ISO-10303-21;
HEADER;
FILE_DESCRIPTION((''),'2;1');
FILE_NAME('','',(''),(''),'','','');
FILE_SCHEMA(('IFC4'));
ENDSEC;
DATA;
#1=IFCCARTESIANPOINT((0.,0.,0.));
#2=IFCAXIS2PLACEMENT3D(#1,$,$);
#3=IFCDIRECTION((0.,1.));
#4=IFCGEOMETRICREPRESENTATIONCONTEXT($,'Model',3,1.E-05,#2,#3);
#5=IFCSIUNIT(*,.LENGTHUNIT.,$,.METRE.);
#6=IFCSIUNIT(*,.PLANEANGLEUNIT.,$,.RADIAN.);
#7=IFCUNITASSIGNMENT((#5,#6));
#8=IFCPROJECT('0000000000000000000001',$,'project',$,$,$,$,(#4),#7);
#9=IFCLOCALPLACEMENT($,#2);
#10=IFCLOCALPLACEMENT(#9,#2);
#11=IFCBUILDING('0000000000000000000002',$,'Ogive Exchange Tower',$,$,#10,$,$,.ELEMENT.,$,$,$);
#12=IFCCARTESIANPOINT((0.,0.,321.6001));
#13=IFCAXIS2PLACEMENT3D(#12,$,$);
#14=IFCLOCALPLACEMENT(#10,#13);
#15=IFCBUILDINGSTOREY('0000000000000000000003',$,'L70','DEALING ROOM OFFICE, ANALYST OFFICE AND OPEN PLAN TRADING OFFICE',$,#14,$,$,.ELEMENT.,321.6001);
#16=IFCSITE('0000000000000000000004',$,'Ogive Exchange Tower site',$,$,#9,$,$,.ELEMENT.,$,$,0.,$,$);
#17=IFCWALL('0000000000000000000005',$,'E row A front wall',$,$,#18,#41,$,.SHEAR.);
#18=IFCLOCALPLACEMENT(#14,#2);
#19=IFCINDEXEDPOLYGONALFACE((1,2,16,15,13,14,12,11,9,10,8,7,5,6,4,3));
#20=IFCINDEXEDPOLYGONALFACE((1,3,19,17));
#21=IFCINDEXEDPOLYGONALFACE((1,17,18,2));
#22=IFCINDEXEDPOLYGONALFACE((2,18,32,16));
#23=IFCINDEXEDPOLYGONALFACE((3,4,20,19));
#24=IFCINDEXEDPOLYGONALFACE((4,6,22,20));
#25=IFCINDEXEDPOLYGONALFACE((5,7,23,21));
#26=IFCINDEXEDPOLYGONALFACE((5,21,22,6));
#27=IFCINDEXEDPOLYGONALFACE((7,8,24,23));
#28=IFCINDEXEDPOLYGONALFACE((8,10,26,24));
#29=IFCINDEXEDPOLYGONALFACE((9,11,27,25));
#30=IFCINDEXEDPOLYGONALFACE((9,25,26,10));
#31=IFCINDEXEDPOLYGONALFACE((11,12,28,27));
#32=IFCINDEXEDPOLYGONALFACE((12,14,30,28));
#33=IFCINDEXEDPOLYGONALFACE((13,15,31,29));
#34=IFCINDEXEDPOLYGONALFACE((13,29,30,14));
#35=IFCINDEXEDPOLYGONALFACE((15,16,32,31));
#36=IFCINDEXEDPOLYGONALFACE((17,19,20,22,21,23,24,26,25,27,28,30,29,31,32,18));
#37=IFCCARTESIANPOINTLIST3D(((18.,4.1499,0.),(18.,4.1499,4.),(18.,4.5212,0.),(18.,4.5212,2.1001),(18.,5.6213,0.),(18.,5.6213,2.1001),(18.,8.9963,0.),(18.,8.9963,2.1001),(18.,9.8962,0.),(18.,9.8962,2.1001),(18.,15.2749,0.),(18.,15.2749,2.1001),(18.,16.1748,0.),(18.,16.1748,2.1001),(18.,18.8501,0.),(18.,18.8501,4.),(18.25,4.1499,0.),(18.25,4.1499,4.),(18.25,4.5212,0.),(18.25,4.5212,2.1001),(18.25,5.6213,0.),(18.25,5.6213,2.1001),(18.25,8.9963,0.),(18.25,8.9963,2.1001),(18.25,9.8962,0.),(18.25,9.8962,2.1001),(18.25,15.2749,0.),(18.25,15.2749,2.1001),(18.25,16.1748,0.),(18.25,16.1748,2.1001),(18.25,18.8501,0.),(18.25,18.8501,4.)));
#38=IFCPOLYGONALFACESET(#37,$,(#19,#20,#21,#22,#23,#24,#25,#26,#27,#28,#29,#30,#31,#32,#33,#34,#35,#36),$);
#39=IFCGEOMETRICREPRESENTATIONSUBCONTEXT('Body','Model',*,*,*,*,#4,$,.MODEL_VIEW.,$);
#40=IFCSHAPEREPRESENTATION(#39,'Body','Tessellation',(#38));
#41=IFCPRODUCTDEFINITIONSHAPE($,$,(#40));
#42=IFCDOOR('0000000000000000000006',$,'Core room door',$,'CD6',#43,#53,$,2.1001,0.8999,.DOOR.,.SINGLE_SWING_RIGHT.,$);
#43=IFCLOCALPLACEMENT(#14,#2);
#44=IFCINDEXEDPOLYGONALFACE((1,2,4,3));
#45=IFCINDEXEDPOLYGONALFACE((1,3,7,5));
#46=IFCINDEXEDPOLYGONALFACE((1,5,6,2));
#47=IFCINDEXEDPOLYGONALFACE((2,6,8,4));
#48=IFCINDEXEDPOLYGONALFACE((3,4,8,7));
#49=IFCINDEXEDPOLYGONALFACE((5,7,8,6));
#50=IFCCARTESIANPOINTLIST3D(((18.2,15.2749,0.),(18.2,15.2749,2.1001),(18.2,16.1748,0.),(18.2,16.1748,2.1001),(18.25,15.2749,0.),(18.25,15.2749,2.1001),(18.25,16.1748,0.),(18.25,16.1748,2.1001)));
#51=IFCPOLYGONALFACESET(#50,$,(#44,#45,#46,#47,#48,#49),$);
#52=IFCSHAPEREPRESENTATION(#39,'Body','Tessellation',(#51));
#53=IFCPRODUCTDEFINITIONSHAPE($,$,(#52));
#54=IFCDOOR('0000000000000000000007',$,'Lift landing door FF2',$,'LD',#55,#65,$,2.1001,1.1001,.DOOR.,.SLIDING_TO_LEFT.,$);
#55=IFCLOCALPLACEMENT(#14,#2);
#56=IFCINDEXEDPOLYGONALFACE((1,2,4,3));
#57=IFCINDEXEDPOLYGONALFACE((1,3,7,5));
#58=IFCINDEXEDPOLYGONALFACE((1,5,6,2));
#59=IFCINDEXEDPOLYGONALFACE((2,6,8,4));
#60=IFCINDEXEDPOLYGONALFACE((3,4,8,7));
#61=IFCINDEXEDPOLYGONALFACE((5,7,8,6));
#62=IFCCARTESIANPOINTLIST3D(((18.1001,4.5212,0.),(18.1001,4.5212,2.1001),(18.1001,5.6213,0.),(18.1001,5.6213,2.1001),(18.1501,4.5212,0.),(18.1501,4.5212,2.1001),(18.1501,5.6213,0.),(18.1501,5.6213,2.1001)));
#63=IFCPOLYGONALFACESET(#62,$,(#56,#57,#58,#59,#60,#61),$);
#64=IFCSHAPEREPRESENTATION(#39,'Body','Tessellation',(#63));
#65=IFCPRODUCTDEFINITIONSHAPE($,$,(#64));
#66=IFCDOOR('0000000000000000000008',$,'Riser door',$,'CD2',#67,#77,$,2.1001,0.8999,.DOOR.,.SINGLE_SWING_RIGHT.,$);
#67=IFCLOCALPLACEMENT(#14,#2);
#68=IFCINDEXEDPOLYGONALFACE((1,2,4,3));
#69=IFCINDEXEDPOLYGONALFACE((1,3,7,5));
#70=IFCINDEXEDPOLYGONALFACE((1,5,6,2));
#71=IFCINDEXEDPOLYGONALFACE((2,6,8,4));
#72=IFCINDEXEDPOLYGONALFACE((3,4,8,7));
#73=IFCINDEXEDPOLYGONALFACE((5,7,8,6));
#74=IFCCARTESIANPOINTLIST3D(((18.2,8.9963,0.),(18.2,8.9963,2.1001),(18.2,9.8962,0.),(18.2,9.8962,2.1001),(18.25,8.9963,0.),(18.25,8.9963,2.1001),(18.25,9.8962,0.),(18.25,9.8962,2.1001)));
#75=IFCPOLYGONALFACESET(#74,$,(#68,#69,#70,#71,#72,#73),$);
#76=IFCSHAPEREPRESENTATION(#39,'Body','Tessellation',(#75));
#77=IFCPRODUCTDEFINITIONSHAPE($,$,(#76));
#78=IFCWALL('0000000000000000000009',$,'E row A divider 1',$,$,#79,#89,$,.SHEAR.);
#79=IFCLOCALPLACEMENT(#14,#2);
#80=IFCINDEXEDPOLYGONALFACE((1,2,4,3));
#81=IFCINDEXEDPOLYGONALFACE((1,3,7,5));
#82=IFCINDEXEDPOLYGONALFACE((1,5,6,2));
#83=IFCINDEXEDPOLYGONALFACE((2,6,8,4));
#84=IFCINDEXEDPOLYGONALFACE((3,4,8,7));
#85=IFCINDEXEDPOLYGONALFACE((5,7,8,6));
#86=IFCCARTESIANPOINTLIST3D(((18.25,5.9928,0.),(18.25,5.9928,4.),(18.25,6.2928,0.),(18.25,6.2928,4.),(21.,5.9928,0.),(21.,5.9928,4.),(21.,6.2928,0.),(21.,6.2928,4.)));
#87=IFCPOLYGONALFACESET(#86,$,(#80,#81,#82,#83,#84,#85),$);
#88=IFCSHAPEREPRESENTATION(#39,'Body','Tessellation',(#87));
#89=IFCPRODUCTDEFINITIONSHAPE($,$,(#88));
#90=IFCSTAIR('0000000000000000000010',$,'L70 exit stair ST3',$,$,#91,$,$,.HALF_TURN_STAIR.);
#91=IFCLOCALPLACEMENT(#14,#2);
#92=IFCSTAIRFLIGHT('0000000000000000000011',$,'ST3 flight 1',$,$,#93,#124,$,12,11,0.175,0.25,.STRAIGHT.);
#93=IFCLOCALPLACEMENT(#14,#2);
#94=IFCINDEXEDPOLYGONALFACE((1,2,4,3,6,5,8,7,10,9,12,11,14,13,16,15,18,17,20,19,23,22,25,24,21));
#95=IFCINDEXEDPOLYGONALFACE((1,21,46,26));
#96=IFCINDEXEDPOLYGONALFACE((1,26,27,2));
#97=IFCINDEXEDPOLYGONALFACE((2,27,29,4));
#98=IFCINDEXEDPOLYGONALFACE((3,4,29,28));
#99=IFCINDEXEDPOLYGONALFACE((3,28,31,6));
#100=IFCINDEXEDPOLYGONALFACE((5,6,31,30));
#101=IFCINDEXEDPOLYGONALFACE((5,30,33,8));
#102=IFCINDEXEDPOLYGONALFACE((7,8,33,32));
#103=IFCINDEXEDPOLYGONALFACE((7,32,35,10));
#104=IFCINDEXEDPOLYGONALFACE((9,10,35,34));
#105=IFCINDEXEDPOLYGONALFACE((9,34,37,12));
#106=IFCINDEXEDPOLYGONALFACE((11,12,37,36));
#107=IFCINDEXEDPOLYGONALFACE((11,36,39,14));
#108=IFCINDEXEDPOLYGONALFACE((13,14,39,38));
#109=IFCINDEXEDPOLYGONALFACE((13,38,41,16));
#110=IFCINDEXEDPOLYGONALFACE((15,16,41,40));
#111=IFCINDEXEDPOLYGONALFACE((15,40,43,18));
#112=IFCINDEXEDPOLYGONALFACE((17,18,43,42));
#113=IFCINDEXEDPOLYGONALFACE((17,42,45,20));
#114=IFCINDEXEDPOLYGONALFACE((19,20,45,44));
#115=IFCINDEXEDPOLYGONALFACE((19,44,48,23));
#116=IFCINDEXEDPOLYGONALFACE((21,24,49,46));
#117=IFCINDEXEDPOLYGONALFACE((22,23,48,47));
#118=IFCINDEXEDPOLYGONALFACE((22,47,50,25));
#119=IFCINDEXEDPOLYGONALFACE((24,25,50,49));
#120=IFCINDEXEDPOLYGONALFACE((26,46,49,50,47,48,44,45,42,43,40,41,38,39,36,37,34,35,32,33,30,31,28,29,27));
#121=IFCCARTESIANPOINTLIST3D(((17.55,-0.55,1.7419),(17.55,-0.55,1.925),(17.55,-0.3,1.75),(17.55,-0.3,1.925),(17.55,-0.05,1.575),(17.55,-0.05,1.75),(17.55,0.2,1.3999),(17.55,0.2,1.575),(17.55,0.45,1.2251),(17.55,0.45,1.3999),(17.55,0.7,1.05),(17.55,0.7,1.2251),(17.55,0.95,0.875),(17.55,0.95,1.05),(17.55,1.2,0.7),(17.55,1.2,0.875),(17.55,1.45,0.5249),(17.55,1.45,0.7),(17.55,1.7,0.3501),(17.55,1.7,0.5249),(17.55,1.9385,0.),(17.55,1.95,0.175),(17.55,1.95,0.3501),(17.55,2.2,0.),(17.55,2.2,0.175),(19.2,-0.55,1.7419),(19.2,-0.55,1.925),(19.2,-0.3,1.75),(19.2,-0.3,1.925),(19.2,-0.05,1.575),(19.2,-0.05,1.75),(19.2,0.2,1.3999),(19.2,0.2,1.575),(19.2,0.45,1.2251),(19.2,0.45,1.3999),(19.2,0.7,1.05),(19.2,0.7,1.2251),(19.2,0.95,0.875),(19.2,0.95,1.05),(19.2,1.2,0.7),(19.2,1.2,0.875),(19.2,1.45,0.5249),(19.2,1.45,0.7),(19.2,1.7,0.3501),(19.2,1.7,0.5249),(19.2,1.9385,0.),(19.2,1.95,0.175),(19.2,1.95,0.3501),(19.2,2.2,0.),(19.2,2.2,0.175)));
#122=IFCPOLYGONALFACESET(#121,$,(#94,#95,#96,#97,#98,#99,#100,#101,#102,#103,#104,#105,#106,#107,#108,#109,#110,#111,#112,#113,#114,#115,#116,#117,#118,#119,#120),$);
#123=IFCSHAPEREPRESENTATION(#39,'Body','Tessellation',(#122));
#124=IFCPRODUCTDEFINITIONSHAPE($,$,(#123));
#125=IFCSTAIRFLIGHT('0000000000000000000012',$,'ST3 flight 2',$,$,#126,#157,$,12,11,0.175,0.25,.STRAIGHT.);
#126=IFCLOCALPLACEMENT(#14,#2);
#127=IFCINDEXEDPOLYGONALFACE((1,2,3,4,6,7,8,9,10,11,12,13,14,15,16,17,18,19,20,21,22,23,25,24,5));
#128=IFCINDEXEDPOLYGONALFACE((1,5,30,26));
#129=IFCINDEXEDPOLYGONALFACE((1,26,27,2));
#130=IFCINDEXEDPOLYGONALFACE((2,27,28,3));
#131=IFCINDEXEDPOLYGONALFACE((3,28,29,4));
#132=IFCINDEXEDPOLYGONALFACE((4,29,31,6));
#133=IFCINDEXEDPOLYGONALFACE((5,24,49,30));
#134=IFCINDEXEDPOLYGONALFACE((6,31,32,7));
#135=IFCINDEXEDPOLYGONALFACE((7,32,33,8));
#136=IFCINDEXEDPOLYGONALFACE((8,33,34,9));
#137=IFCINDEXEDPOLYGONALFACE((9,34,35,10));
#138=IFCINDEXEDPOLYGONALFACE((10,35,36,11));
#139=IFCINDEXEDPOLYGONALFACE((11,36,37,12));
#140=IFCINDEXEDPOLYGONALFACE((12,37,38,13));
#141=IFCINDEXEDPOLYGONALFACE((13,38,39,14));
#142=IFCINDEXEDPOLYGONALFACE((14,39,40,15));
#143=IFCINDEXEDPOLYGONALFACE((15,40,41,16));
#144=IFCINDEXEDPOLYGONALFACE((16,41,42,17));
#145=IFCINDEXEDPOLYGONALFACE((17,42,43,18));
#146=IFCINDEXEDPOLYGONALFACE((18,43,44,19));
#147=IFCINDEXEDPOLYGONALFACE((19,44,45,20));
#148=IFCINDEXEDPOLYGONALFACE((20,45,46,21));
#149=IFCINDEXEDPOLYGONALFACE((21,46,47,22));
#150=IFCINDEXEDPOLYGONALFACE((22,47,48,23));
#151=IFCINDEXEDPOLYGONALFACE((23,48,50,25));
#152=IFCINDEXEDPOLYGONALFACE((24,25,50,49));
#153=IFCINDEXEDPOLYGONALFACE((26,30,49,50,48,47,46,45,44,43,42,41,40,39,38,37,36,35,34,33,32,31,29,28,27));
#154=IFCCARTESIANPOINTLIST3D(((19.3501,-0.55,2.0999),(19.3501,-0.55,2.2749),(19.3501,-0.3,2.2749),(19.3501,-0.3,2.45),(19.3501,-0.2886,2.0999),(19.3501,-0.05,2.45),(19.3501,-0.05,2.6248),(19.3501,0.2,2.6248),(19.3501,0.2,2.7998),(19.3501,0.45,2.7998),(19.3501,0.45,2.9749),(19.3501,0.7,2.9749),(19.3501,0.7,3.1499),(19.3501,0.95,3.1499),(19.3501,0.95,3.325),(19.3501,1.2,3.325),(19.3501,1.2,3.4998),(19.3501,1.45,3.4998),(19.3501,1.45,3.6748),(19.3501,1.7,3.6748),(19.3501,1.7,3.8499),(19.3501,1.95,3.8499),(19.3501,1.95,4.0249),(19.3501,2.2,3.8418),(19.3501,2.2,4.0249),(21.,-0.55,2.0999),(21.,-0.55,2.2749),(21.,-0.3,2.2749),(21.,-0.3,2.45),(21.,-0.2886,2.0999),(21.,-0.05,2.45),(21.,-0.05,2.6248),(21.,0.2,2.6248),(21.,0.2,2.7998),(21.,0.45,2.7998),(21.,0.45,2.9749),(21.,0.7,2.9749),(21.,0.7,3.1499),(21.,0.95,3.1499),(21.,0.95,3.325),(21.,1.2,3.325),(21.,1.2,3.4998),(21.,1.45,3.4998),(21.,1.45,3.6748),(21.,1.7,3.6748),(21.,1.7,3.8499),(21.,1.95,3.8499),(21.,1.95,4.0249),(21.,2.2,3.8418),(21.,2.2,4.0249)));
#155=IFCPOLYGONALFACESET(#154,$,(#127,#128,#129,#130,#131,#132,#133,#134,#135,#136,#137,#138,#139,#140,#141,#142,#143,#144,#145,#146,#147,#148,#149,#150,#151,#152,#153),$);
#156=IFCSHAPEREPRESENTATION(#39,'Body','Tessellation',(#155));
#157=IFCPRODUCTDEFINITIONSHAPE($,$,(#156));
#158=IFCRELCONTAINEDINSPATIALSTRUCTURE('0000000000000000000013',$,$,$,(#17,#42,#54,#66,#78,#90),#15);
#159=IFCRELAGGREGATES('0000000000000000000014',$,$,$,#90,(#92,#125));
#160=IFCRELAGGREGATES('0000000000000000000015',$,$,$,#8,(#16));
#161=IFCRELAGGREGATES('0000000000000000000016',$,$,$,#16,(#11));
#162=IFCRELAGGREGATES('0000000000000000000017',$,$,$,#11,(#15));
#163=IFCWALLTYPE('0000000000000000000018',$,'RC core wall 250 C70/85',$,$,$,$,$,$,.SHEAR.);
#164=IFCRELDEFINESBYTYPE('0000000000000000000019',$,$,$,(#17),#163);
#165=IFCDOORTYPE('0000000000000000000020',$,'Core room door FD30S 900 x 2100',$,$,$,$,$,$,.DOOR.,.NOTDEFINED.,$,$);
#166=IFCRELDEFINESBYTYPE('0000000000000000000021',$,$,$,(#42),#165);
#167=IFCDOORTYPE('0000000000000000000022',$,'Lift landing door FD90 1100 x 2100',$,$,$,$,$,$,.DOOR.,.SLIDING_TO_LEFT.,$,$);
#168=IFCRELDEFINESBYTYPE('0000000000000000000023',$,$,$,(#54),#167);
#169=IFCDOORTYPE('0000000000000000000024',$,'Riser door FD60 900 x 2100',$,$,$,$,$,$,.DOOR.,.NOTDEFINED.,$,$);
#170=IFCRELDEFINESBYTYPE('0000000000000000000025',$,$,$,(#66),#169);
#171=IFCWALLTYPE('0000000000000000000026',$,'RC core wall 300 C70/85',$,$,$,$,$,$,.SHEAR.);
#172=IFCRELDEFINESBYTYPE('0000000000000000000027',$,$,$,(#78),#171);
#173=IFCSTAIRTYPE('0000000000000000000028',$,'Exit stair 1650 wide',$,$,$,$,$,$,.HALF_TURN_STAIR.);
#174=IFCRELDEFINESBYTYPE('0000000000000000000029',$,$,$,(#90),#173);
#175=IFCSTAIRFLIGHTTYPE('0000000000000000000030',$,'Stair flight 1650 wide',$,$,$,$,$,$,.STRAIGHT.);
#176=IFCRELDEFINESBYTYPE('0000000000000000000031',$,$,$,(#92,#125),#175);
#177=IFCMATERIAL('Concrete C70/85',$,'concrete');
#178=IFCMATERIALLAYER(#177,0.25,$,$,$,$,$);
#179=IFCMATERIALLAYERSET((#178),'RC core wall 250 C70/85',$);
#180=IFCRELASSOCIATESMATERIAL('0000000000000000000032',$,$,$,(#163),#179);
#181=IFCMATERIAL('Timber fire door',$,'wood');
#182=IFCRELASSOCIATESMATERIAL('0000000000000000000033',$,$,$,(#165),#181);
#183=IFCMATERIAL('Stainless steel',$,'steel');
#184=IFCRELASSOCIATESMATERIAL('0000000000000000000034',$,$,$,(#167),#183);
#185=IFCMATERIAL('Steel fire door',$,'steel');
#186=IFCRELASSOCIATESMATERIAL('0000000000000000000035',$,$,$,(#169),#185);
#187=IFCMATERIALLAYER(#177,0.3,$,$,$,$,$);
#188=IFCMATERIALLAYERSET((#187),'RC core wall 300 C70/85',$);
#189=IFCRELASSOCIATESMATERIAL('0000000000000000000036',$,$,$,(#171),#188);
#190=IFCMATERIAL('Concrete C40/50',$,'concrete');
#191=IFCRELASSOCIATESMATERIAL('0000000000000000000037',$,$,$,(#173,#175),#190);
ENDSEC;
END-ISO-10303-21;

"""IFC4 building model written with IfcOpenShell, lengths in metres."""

from ifc_helpers import new_model, si_unit, direction, frame, frame_2d, origin, place, context, subcontext, project, spatial, polyline, rectangle, outline, extrude, material, layer, layer_set, type_object, element, fill, aggregate, save


model = new_model("IFC4")

# Units and contexts
model_context = context("Model", 3, precision=1e-05, world=origin(), true_north=direction((0.0, 1.0)))
body_context = subcontext(model_context, "Body", "Model", "MODEL_VIEW")
ifc_project = project(units=[si_unit("LENGTHUNIT", "METRE"), si_unit("PLANEANGLEUNIT", "RADIAN")], contexts=[model_context])

# Site, building, storey
site_placement = place(None, origin())
site = spatial("IfcSite", under=ifc_project, at=site_placement, Name="Ogive Exchange Tower site", CompositionType="ELEMENT", RefElevation=0.0)
building_placement = place(site_placement, origin())
building = spatial("IfcBuilding", under=site, at=building_placement, Name="Ogive Exchange Tower", CompositionType="ELEMENT")
storey_placement = place(building_placement, frame((0.0, 0.0, 321.6001)))
storey = spatial("IfcBuildingStorey", under=building, at=storey_placement, Name="L70", Description="DEALING ROOM OFFICE, ANALYST OFFICE AND OPEN PLAN TRADING OFFICE", CompositionType="ELEMENT", Elevation=321.6001)

# Wall, openings, doors
ifc_material_1 = material(Name="Concrete C70/85", Category="concrete")
ifc_layer_1 = layer(ifc_material_1, 0.25)
ifc_layer_set_1 = layer_set([ifc_layer_1], Name="RC core wall 250 C70/85")
wall_type_1 = type_object("IfcWallType", Name="RC core wall 250 C70/85", PredefinedType="SHEAR", material=ifc_layer_set_1)
wall_1_placement = place(storey_placement, frame((18.125, 4.1499, 0.0), z_axis=(0.0, 0.0, 1.0), x_axis=(0.0, 1.0, 0.0)))
wall_1 = element("IfcWall", 1, at=wall_1_placement, inside=storey, type_object=wall_type_1, Name="E row A front wall", PredefinedType="SHEAR", context=body_context, shape_type="SweptSolid", body=[
    extrude(rectangle(XDim=14.7002, YDim=0.25, at=frame_2d((7.3501, 0.0))), origin(), (0.0, 0.0, 1.0), 4.0),
])
opening_1_placement = place(wall_1_placement, frame((4.8464, 0.0, 0.0)))
opening_1 = element("IfcOpeningElement", 2, at=opening_1_placement, cuts=wall_1, PredefinedType="OPENING", context=body_context, shape_type="SweptSolid", body=[
    extrude(rectangle(XDim=0.8999, YDim=2.1001, at=frame_2d((0.45, 1.05))), frame((0.0, 0.135, 0.0), z_axis=(0.0, -1.0, 0.0), x_axis=(1.0, 0.0, 0.0)), (0.0, 0.0, 1.0), 0.27),
])
opening_2_placement = place(wall_1_placement, frame((11.125, 0.0, 0.0)))
opening_2 = element("IfcOpeningElement", 3, at=opening_2_placement, cuts=wall_1, PredefinedType="OPENING", context=body_context, shape_type="SweptSolid", body=[
    extrude(rectangle(XDim=0.8999, YDim=2.1001, at=frame_2d((0.45, 1.05))), frame((0.0, 0.135, 0.0), z_axis=(0.0, -1.0, 0.0), x_axis=(1.0, 0.0, 0.0)), (0.0, 0.0, 1.0), 0.27),
])
opening_3_placement = place(wall_1_placement, frame((0.3713, 0.0, 0.0)))
opening_3 = element("IfcOpeningElement", 4, at=opening_3_placement, cuts=wall_1, PredefinedType="OPENING", context=body_context, shape_type="SweptSolid", body=[
    extrude(rectangle(XDim=1.1001, YDim=2.1001, at=frame_2d((0.55, 1.05))), frame((0.0, 0.135, 0.0), z_axis=(0.0, -1.0, 0.0), x_axis=(1.0, 0.0, 0.0)), (0.0, 0.0, 1.0), 0.27),
])
ifc_material_2 = material(Name="Timber fire door", Category="wood")
door_type_1 = type_object("IfcDoorType", Name="Core room door FD30S 900 x 2100", OperationType="NOTDEFINED", PredefinedType="DOOR", material=ifc_material_2)
door_1_placement = place(opening_2_placement, frame((0.8999, -0.2002, 0.0), z_axis=(0.0, 0.0, 1.0), x_axis=(-1.0, 0.0, 0.0)))
door_1 = element("IfcDoor", 5, at=door_1_placement, inside=storey, type_object=door_type_1, Name="Core room door", ObjectType="CD6", OperationType="SINGLE_SWING_RIGHT", OverallHeight=2.1001, OverallWidth=0.8999, PredefinedType="DOOR", context=body_context, shape_type="SweptSolid", body=[
    extrude(rectangle(XDim=0.8999, YDim=2.1001, at=frame_2d((0.45, 1.05))), frame((0.0, -0.0752, 0.0), z_axis=(0.0, -1.0, 0.0), x_axis=(1.0, 0.0, 0.0)), (0.0, 0.0, 1.0), 0.05),
])
fill(opening_2, door_1)
ifc_material_3 = material(Name="Stainless steel", Category="steel")
door_type_2 = type_object("IfcDoorType", Name="Lift landing door FD90 1100 x 2100", OperationType="SLIDING_TO_LEFT", PredefinedType="DOOR", material=ifc_material_3)
door_2_placement = place(opening_3_placement, origin())
door_2 = element("IfcDoor", 6, at=door_2_placement, inside=storey, type_object=door_type_2, Name="Lift landing door FF2", ObjectType="LD", OperationType="SLIDING_TO_LEFT", OverallHeight=2.1001, OverallWidth=1.1001, PredefinedType="DOOR", context=body_context, shape_type="SweptSolid", body=[
    extrude(rectangle(XDim=1.1001, YDim=2.1001, at=frame_2d((0.55, 1.05))), frame((0.0, 0.0249, 0.0), z_axis=(0.0, -1.0, 0.0), x_axis=(1.0, 0.0, 0.0)), (0.0, 0.0, 1.0), 0.05),
])
fill(opening_3, door_2)
ifc_material_4 = material(Name="Steel fire door", Category="steel")
door_type_3 = type_object("IfcDoorType", Name="Riser door FD60 900 x 2100", OperationType="NOTDEFINED", PredefinedType="DOOR", material=ifc_material_4)
door_3_placement = place(opening_1_placement, frame((0.8999, -0.2002, 0.0), z_axis=(0.0, 0.0, 1.0), x_axis=(-1.0, 0.0, 0.0)))
door_3 = element("IfcDoor", 7, at=door_3_placement, inside=storey, type_object=door_type_3, Name="Riser door", ObjectType="CD2", OperationType="SINGLE_SWING_RIGHT", OverallHeight=2.1001, OverallWidth=0.8999, PredefinedType="DOOR", context=body_context, shape_type="SweptSolid", body=[
    extrude(rectangle(XDim=0.8999, YDim=2.1001, at=frame_2d((0.45, 1.05))), frame((0.0, -0.0752, 0.0), z_axis=(0.0, -1.0, 0.0), x_axis=(1.0, 0.0, 0.0)), (0.0, 0.0, 1.0), 0.05),
])
fill(opening_1, door_3)

# Wall
ifc_layer_2 = layer(ifc_material_1, 0.3)
ifc_layer_set_2 = layer_set([ifc_layer_2], Name="RC core wall 300 C70/85")
wall_type_2 = type_object("IfcWallType", Name="RC core wall 300 C70/85", PredefinedType="SHEAR", material=ifc_layer_set_2)
wall_2_placement = place(storey_placement, frame((18.25, 6.1428, 0.0), z_axis=(0.0, 0.0, 1.0), x_axis=(1.0, 0.0, 0.0)))
element("IfcWall", 8, at=wall_2_placement, inside=storey, type_object=wall_type_2, Name="E row A divider 1", PredefinedType="SHEAR", context=body_context, shape_type="SweptSolid", body=[
    extrude(rectangle(XDim=2.75, YDim=0.3, at=frame_2d((1.375, 0.0))), origin(), (0.0, 0.0, 1.0), 4.0),
])

# Stair, stair flights
ifc_material_5 = material(Name="Concrete C40/50", Category="concrete")
stair_type = type_object("IfcStairType", Name="Exit stair 1650 wide", PredefinedType="HALF_TURN_STAIR", material=ifc_material_5)
stair_placement = place(storey_placement, origin())
stair = element("IfcStair", 9, at=stair_placement, inside=storey, type_object=stair_type, Name="L70 exit stair ST3", PredefinedType="HALF_TURN_STAIR")
stair_flight_type = type_object("IfcStairFlightType", Name="Stair flight 1650 wide", PredefinedType="STRAIGHT", material=ifc_material_5)
stair_flight_1_placement = place(storey_placement, frame((18.375, 2.2, 0.0), z_axis=(0.0, 0.0, 1.0), x_axis=(0.0, -1.0, 0.0)))
stair_flight_1 = element("IfcStairFlight", 10, at=stair_flight_1_placement, type_object=stair_flight_type, Name="ST3 flight 1", NumberOfRisers=12, NumberOfTreads=11, PredefinedType="STRAIGHT", RiserHeight=0.175, TreadLength=0.25, context=body_context, shape_type="SweptSolid", body=[
    extrude(outline(polyline([(0.0, 0.0), (0.0, 0.175), (0.25, 0.175), (0.25, 0.3501), (0.5, 0.3501), (0.5, 0.5249), (0.75, 0.5249), (0.75, 0.7), (1.0, 0.7), (1.0, 0.875), (1.25, 0.875), (1.25, 1.05), (1.5, 1.05), (1.5, 1.2251), (1.75, 1.2251), (1.75, 1.3999), (2.0, 1.3999), (2.0, 1.575), (2.25, 1.575), (2.25, 1.75), (2.5, 1.75), (2.5, 1.925), (2.75, 1.925), (2.75, 2.1001), (2.75, 1.7419), (0.2615, 0.0), (0.0, 0.0)])), frame((0.0, 0.825, 0.0), z_axis=(0.0, -1.0, 0.0), x_axis=(1.0, 0.0, 0.0)), (0.0, 0.0, 1.0), 1.6499),
])
stair_flight_2_placement = place(storey_placement, frame((20.175, -0.55, 2.0999), z_axis=(0.0, 0.0, 1.0), x_axis=(0.0, 1.0, 0.0)))
stair_flight_2 = element("IfcStairFlight", 11, at=stair_flight_2_placement, type_object=stair_flight_type, Name="ST3 flight 2", NumberOfRisers=12, NumberOfTreads=11, PredefinedType="STRAIGHT", RiserHeight=0.175, TreadLength=0.25, context=body_context, shape_type="SweptSolid", body=[
    extrude(outline(polyline([(0.0, 0.0), (0.0, 0.175), (0.25, 0.175), (0.25, 0.3501), (0.5, 0.3501), (0.5, 0.5249), (0.75, 0.5249), (0.75, 0.7), (1.0, 0.7), (1.0, 0.875), (1.25, 0.875), (1.25, 1.05), (1.5, 1.05), (1.5, 1.2251), (1.75, 1.2251), (1.75, 1.3999), (2.0, 1.3999), (2.0, 1.575), (2.25, 1.575), (2.25, 1.75), (2.5, 1.75), (2.5, 1.925), (2.75, 1.925), (2.75, 2.1001), (2.75, 1.7419), (0.2615, 0.0), (0.0, 0.0)])), frame((0.0, 0.825, 0.0), z_axis=(0.0, -1.0, 0.0), x_axis=(1.0, 0.0, 0.0)), (0.0, 0.0, 1.0), 1.6499),
])
aggregate(stair, [stair_flight_1, stair_flight_2])

save(model, "model.ifc")
